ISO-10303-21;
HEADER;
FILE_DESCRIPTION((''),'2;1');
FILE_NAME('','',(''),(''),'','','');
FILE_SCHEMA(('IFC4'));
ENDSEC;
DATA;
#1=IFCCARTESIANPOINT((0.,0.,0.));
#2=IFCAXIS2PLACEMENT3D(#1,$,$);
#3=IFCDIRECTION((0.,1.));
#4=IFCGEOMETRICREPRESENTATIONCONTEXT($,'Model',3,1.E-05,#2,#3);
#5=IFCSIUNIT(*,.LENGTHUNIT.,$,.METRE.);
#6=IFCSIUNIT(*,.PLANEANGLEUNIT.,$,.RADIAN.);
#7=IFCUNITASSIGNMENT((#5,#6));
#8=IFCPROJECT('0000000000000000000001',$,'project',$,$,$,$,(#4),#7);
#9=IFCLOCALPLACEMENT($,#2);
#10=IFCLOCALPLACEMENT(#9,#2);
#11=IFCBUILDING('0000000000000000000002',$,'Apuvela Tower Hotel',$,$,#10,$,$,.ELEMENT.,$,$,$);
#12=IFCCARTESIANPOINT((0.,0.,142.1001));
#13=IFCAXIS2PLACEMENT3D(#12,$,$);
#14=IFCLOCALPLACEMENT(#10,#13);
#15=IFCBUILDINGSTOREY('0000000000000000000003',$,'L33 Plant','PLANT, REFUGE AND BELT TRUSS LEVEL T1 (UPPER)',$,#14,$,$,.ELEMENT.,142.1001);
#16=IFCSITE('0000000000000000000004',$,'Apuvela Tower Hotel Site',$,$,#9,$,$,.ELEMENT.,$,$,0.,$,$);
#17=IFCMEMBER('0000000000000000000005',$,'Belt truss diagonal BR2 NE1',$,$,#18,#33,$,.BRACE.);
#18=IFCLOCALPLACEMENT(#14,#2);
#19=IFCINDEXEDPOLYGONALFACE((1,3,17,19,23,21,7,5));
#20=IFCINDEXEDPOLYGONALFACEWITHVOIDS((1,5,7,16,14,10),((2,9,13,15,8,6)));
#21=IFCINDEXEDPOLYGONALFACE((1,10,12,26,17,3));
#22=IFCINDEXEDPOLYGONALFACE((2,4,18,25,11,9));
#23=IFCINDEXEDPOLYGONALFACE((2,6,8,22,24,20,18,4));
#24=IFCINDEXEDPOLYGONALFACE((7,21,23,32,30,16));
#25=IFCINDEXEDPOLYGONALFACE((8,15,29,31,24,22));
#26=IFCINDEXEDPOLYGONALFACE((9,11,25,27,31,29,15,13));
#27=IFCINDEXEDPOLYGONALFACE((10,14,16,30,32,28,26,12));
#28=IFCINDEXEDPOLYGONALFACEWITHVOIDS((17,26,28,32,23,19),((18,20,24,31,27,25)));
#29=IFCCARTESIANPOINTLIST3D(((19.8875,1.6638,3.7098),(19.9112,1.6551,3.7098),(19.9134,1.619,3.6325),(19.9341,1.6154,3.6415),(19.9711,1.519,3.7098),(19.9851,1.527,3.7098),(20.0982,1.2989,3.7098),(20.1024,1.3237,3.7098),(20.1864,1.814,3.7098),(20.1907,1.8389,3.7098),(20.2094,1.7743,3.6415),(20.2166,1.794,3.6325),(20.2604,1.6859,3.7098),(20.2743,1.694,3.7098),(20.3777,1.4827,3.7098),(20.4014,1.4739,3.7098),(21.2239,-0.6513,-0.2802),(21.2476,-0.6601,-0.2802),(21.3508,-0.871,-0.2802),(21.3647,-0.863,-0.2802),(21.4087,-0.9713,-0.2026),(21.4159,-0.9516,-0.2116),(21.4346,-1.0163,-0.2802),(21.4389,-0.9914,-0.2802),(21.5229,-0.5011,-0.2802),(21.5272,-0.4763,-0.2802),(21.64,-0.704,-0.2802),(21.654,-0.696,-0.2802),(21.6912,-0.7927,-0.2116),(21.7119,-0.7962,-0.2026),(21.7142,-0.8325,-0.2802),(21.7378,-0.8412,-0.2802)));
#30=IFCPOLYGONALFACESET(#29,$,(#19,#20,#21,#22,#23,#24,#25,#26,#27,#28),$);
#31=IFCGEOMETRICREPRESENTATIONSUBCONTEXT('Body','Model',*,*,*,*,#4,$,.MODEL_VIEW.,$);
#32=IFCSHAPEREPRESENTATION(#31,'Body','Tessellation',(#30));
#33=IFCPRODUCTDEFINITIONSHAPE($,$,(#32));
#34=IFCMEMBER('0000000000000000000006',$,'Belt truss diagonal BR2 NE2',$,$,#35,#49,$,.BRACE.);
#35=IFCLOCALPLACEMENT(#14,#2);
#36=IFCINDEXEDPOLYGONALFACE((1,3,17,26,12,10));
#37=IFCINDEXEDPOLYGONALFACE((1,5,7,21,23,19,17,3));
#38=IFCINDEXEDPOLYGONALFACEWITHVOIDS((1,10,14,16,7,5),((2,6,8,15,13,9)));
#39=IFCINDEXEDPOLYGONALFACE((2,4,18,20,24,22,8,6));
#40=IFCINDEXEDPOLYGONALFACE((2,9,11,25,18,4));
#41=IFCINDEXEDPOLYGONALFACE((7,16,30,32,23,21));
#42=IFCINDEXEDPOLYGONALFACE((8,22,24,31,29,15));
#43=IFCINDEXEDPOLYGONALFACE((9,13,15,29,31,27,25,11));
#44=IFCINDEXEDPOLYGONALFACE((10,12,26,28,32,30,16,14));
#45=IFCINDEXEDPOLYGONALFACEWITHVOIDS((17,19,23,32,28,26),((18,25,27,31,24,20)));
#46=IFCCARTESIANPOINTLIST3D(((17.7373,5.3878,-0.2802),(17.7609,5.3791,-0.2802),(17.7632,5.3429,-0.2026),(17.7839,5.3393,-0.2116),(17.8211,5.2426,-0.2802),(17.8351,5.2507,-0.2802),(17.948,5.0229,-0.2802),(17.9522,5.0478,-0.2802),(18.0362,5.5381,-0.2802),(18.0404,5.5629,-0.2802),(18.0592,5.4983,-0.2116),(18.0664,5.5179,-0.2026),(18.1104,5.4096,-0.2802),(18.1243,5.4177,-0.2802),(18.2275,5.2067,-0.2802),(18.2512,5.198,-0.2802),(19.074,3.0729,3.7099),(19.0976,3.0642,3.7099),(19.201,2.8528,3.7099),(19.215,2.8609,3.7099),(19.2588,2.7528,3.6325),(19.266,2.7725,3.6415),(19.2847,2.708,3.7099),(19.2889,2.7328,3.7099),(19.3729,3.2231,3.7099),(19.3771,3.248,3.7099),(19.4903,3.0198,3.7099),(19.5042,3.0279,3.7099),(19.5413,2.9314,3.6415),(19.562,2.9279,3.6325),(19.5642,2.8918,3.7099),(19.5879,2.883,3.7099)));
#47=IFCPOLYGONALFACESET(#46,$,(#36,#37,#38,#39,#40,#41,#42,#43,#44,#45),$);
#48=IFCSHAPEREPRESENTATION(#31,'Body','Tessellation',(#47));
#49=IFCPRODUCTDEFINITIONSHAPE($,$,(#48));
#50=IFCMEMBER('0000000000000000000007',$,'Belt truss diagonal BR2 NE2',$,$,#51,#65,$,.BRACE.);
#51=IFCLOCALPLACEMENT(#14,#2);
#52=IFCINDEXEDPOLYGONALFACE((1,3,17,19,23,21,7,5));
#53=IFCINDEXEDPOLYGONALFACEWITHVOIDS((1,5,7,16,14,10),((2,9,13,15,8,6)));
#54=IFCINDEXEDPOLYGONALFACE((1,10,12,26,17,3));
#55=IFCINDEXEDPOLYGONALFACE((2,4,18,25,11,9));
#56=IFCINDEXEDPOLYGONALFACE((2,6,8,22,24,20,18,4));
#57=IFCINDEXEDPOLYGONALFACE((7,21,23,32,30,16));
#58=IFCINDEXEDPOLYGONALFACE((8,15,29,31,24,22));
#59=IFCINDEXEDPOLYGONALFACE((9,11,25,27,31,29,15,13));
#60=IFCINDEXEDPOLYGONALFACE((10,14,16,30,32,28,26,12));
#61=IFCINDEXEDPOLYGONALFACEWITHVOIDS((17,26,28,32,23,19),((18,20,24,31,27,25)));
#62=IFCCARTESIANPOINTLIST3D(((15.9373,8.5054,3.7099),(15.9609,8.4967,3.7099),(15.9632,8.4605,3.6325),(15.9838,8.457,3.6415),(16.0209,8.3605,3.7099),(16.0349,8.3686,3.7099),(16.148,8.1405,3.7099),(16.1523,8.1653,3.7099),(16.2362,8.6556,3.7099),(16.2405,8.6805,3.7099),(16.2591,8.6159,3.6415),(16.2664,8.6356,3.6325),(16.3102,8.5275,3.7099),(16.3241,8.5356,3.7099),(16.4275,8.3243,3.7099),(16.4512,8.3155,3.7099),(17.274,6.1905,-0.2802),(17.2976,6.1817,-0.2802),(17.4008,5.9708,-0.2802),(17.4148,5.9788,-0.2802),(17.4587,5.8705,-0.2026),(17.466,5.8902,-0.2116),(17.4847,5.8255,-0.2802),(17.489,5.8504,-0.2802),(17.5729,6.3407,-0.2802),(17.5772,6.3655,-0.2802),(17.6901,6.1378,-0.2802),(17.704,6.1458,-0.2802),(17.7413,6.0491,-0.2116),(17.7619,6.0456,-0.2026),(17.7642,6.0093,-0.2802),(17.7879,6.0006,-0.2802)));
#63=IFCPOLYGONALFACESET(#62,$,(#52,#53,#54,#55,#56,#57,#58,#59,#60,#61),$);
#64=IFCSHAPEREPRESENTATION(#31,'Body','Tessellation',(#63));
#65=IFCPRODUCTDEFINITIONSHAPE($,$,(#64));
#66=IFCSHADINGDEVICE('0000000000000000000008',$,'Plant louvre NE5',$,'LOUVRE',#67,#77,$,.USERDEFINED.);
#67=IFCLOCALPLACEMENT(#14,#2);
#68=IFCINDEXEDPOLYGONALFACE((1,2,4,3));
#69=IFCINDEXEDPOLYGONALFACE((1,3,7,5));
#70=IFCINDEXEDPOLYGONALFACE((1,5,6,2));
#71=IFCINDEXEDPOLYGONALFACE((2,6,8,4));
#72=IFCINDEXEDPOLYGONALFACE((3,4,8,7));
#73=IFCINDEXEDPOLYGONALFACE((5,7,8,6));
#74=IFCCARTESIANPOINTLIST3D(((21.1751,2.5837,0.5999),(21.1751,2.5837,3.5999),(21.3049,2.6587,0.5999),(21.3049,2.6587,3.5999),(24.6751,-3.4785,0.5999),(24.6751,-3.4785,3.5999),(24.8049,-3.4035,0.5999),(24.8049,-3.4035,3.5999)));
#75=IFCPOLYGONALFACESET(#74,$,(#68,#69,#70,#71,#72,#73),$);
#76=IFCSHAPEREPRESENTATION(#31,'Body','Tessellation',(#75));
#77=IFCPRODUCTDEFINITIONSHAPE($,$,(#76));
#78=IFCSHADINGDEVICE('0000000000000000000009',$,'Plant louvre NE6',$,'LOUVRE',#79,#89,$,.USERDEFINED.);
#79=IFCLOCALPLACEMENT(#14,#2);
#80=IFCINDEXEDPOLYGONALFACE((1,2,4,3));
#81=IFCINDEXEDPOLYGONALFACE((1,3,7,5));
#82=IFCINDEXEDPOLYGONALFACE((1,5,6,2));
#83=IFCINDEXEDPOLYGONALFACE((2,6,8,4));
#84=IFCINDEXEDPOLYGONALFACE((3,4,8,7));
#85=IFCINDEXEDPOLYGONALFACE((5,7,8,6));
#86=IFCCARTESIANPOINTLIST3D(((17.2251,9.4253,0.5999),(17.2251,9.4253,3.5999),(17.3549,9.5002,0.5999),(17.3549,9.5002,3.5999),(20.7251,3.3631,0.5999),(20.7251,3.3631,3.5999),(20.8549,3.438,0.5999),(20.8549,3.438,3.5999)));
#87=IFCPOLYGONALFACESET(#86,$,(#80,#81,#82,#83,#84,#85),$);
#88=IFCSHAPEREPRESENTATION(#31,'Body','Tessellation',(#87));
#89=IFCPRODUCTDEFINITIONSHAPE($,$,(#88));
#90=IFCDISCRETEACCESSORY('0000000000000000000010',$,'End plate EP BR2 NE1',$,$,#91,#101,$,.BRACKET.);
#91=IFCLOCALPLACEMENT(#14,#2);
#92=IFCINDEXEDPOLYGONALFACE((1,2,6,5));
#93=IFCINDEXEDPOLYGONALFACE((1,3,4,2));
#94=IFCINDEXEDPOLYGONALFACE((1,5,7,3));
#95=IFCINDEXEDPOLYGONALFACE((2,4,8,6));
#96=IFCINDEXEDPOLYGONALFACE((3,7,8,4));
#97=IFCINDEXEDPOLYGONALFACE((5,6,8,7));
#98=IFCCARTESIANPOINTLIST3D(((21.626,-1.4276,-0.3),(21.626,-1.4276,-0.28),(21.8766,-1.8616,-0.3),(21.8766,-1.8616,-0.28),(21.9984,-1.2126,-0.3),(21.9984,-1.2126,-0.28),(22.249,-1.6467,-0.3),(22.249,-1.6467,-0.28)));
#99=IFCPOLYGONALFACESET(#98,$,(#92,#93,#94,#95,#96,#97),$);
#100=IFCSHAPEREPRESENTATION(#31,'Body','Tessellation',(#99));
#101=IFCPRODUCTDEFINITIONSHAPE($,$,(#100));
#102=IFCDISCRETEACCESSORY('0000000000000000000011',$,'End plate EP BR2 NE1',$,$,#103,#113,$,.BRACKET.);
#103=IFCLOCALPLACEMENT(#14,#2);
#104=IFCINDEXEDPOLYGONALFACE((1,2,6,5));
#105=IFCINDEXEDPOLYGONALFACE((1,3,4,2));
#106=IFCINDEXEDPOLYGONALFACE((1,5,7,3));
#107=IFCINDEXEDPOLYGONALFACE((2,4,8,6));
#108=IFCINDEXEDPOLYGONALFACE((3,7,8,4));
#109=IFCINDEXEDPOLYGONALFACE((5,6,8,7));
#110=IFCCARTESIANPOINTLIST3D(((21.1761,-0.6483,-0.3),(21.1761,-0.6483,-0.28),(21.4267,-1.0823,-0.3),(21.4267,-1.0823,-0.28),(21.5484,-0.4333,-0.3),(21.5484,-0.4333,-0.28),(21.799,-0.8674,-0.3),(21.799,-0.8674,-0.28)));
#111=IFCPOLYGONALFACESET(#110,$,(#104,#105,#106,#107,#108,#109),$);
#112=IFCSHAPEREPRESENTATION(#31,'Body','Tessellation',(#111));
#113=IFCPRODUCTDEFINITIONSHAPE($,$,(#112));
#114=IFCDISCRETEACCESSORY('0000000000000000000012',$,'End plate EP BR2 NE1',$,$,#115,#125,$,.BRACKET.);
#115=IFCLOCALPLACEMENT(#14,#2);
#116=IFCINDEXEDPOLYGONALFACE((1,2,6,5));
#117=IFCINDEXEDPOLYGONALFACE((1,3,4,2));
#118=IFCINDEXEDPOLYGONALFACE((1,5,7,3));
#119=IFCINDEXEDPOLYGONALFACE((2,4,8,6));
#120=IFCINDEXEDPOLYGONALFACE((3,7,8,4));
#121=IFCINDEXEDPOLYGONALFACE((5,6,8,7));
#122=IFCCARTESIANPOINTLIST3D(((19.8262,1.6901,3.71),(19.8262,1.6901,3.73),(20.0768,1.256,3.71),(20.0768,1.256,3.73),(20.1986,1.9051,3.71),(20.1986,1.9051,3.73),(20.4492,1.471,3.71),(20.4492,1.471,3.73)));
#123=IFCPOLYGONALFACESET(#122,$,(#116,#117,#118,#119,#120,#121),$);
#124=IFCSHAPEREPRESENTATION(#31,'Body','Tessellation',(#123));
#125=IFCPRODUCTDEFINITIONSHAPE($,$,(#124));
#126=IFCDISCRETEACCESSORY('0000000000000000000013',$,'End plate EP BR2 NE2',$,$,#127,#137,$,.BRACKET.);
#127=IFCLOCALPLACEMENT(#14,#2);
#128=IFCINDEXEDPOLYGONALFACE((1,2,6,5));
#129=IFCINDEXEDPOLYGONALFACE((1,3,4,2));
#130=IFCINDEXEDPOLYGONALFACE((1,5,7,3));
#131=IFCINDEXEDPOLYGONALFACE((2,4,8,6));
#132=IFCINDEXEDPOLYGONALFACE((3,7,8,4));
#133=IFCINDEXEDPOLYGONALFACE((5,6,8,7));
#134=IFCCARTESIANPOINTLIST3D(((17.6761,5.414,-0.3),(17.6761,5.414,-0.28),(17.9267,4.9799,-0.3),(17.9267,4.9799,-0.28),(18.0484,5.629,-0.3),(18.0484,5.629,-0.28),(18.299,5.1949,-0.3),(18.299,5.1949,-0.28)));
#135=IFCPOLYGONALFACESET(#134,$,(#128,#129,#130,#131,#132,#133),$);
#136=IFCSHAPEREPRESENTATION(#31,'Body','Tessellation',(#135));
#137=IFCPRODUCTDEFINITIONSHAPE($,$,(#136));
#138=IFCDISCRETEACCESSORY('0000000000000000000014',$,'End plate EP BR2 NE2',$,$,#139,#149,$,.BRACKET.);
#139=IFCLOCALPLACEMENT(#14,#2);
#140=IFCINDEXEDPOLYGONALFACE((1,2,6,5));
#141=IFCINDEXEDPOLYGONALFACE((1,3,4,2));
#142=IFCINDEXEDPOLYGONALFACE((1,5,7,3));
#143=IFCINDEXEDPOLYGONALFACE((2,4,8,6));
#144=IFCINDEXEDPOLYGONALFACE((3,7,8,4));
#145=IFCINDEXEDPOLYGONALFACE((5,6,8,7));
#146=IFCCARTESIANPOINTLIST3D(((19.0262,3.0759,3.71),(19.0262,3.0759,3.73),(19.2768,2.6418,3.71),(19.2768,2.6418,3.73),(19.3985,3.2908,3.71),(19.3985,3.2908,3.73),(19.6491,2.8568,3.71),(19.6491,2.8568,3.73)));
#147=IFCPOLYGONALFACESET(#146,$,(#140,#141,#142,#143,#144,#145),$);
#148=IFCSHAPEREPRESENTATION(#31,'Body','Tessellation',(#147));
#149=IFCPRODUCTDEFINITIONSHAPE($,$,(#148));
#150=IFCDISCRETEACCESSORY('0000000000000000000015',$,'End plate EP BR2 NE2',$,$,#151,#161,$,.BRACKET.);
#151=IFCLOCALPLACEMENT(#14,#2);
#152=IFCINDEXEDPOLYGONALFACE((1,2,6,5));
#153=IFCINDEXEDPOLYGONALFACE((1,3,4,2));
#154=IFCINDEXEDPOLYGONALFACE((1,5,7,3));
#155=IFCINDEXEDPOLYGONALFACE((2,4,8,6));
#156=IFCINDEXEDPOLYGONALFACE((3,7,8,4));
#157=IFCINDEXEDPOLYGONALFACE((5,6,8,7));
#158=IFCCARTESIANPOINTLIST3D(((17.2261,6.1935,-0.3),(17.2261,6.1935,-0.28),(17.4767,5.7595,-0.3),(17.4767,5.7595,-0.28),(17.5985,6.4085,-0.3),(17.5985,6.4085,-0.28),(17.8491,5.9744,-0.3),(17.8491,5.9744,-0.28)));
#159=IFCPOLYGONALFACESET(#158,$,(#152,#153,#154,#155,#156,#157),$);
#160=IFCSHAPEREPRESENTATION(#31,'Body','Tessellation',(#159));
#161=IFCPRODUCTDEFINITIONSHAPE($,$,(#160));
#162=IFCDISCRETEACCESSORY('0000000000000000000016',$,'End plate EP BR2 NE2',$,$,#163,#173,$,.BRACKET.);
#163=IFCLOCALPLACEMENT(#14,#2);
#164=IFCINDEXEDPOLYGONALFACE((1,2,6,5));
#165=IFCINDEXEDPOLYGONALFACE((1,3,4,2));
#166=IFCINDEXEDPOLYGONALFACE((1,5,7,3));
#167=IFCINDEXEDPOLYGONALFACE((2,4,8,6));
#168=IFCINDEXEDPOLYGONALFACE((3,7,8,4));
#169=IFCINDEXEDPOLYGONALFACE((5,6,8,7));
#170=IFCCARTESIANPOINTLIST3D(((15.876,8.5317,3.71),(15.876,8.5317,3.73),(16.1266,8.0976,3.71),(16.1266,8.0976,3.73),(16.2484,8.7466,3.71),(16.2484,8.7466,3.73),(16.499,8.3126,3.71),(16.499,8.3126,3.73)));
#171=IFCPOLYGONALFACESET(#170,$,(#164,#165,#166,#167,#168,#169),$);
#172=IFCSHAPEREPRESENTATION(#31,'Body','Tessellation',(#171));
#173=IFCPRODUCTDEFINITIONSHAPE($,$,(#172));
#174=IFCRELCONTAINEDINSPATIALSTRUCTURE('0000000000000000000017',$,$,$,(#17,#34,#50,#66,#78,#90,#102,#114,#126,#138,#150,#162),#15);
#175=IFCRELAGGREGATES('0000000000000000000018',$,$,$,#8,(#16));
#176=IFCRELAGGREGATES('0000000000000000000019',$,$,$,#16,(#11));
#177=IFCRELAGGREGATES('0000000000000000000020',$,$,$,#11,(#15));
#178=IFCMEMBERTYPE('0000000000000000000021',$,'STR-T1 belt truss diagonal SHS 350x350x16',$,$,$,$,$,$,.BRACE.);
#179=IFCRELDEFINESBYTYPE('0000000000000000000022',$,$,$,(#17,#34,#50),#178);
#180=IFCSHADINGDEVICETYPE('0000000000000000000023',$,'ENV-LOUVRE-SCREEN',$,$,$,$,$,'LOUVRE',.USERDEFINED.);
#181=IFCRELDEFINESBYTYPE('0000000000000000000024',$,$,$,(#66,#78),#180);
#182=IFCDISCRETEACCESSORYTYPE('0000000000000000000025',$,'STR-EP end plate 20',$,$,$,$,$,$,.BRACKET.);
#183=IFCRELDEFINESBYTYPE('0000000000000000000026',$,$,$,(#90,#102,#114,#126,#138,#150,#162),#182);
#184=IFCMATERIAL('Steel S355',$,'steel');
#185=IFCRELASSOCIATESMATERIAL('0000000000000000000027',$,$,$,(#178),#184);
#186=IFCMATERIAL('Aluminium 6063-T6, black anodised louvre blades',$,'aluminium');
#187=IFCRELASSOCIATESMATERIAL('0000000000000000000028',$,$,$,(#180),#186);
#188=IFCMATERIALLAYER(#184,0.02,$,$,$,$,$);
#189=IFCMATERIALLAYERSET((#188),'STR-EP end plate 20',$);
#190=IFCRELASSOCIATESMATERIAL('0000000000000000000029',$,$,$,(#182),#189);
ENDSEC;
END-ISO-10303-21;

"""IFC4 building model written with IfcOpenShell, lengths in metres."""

from ifc_helpers import new_model, si_unit, direction, frame, origin, origin_2d, place, context, subcontext, project, spatial, rectangle, hollow_rectangle, extrude, boolean, halfspace, material, layer, layer_set, material_profile, profile_set, type_object, element, save


model = new_model("IFC4")

# Units and contexts
model_context = context("Model", 3, precision=1e-05, world=origin(), true_north=direction((0.0, 1.0)))
body_context = subcontext(model_context, "Body", "Model", "MODEL_VIEW")
ifc_project = project(units=[si_unit("LENGTHUNIT", "METRE"), si_unit("PLANEANGLEUNIT", "RADIAN")], contexts=[model_context])

# Site, building, storey
site_placement = place(None, origin())
site = spatial("IfcSite", under=ifc_project, at=site_placement, Name="Apuvela Tower Hotel Site", CompositionType="ELEMENT", RefElevation=0.0)
building_placement = place(site_placement, origin())
building = spatial("IfcBuilding", under=site, at=building_placement, Name="Apuvela Tower Hotel", CompositionType="ELEMENT")
storey_placement = place(building_placement, frame((0.0, 0.0, 142.1001)))
storey = spatial("IfcBuildingStorey", under=building, at=storey_placement, Name="L33 Plant", Description="PLANT, REFUGE AND BELT TRUSS LEVEL T1 (UPPER)", CompositionType="ELEMENT", Elevation=142.1001)

# Shared definitions
ifc_material_1 = material(Name="Steel S355", Category="steel")

# Members
ifc_material_profile_1 = material_profile(ifc_material_1, hollow_rectangle(XDim=0.3501, YDim=0.3501, WallThickness=0.0161, at=origin_2d()), Name="SHS 350x350x16")
ifc_profile_set_1 = profile_set([ifc_material_profile_1], Name="Steel S355")
member_type = type_object("IfcMemberType", Name="STR-T1 belt truss diagonal SHS 350x350x16", PredefinedType="BRACE", material=ifc_profile_set_1)
member_1_placement = place(storey_placement, frame((21.4875, -0.7578, -0.3), z_axis=(-0.278269, 0.48205, 0.830779), x_axis=(0.415341, -0.719504, 0.556602)))
solid_1 = boolean("DIFFERENCE", boolean("DIFFERENCE", extrude(hollow_rectangle(XDim=0.3501, YDim=0.3501, WallThickness=0.0161, at=origin_2d()), frame((0.0, 0.0, -0.2373)), (0.0, 0.0, 1.0), 5.3252), halfspace(frame((0.0, 0.0, 0.0239), z_axis=(0.556602, 0.0, 0.830779), x_axis=(0.830779, 0.0, -0.556602)), True)), halfspace(frame((0.0, 0.0, 4.8267), z_axis=(0.556602, 0.0, 0.830779), x_axis=(0.830779, 0.0, -0.556602)), False))
element("IfcMember", 1, at=member_1_placement, inside=storey, type_object=member_type, Name="Belt truss diagonal BR2 NE1", PredefinedType="BRACE", context=body_context, shape_type="SweptSolid", body=[
    boolean("UNION", boolean("DIFFERENCE", boolean("DIFFERENCE", extrude(hollow_rectangle(XDim=0.3501, YDim=0.3501, WallThickness=0.0161, at=origin_2d()), origin(), (0.0, 0.0, 1.0), 4.8508), halfspace(frame((0.0, 0.0, 0.0239), z_axis=(0.556602, 0.0, 0.830779), x_axis=(0.830779, 0.0, -0.556602)), True)), halfspace(frame((0.0, 0.0, 4.8267), z_axis=(0.556602, 0.0, 0.830779), x_axis=(0.830779, 0.0, -0.556602)), False)), solid_1),
])
member_2_placement = place(storey_placement, frame((17.9875, 5.3044, -0.3), z_axis=(0.278322, -0.482005, 0.830788), x_axis=(-0.415434, 0.71946, 0.556589)))
solid_2 = boolean("DIFFERENCE", boolean("DIFFERENCE", extrude(hollow_rectangle(XDim=0.3501, YDim=0.3501, WallThickness=0.0161, at=origin_2d()), frame((0.0, 0.0, -0.2373)), (0.0, 0.0, 1.0), 5.3252), halfspace(frame((0.0, 0.0, 0.0239), z_axis=(0.556589, 0.0, 0.830788), x_axis=(0.830788, 0.0, -0.556589)), True)), halfspace(frame((0.0, 0.0, 4.8267), z_axis=(0.556589, 0.0, 0.830788), x_axis=(0.830788, 0.0, -0.556589)), False))
element("IfcMember", 2, at=member_2_placement, inside=storey, type_object=member_type, Name="Belt truss diagonal BR2 NE2", PredefinedType="BRACE", context=body_context, shape_type="SweptSolid", body=[
    boolean("UNION", boolean("DIFFERENCE", boolean("DIFFERENCE", extrude(hollow_rectangle(XDim=0.3501, YDim=0.3501, WallThickness=0.0161, at=origin_2d()), origin(), (0.0, 0.0, 1.0), 4.8508), halfspace(frame((0.0, 0.0, 0.0239), z_axis=(0.556589, 0.0, 0.830788), x_axis=(0.830788, 0.0, -0.556589)), True)), halfspace(frame((0.0, 0.0, 4.8267), z_axis=(0.556589, 0.0, 0.830788), x_axis=(0.830788, 0.0, -0.556589)), False)), solid_2),
])
member_3_placement = place(storey_placement, frame((17.5376, 6.084, -0.3), z_axis=(-0.278322, 0.482005, 0.830788), x_axis=(0.415434, -0.71946, 0.556589)))
solid_3 = boolean("DIFFERENCE", boolean("DIFFERENCE", extrude(hollow_rectangle(XDim=0.3501, YDim=0.3501, WallThickness=0.0161, at=origin_2d()), frame((0.0, 0.0, -0.2373)), (0.0, 0.0, 1.0), 5.3252), halfspace(frame((0.0, 0.0, 0.0239), z_axis=(0.556589, 0.0, 0.830788), x_axis=(0.830788, 0.0, -0.556589)), True)), halfspace(frame((0.0, 0.0, 4.8267), z_axis=(0.556589, 0.0, 0.830788), x_axis=(0.830788, 0.0, -0.556589)), False))
element("IfcMember", 3, at=member_3_placement, inside=storey, type_object=member_type, Name="Belt truss diagonal BR2 NE2", PredefinedType="BRACE", context=body_context, shape_type="SweptSolid", body=[
    boolean("UNION", boolean("DIFFERENCE", boolean("DIFFERENCE", extrude(hollow_rectangle(XDim=0.3501, YDim=0.3501, WallThickness=0.0161, at=origin_2d()), origin(), (0.0, 0.0, 1.0), 4.8508), halfspace(frame((0.0, 0.0, 0.0239), z_axis=(0.556589, 0.0, 0.830788), x_axis=(0.830788, 0.0, -0.556589)), True)), halfspace(frame((0.0, 0.0, 4.8267), z_axis=(0.556589, 0.0, 0.830788), x_axis=(0.830788, 0.0, -0.556589)), False)), solid_3),
])

# Shading devices
ifc_material_2 = material(Name="Aluminium 6063-T6, black anodised louvre blades", Category="aluminium")
shading_device_type = type_object("IfcShadingDeviceType", Name="ENV-LOUVRE-SCREEN", ElementType="LOUVRE", PredefinedType="USERDEFINED", material=ifc_material_2)
for number, where, z_axis, x_axis, name in (
    (4, (22.99, -0.4099, 0.5999), (0.0, 0.0, 1.0), (-0.5, 0.866025, 0.0), "Plant louvre NE5"),
    (5, (19.04, 6.4316, 0.5999), (0.0, 0.0, 1.0), (-0.5, 0.866025, 0.0), "Plant louvre NE6"),
):
    element("IfcShadingDevice", number, at=place(storey_placement, frame(where, z_axis=z_axis, x_axis=x_axis)), inside=storey, type_object=shading_device_type, Name=name, ObjectType="LOUVRE", PredefinedType="USERDEFINED", context=body_context, shape_type="SweptSolid", body=[
        extrude(rectangle(XDim=7.0, YDim=0.1499, at=origin_2d()), origin(), (0.0, 0.0, 1.0), 3.0),
    ])

# Discrete accessories
ifc_layer = layer(ifc_material_1, 0.02)
ifc_layer_set = layer_set([ifc_layer], Name="STR-EP end plate 20")
discrete_accessory_type = type_object("IfcDiscreteAccessoryType", Name="STR-EP end plate 20", PredefinedType="BRACKET", material=ifc_layer_set)
for number, where, z_axis, x_axis, name in (
    (6, (21.9375, -1.5371, -0.3), (0.0, 0.0, 1.0), (0.5, -0.866025, 0.0), "End plate EP BR2 NE1"),
    (7, (21.4875, -0.7578, -0.3), (0.0, 0.0, 1.0), (-0.5, 0.866025, 0.0), "End plate EP BR2 NE1"),
    (8, (20.1377, 1.5806, 3.71), (0.0, 0.0, 1.0), (-0.5, 0.866025, 0.0), "End plate EP BR2 NE1"),
    (9, (17.9875, 5.3044, -0.3), (0.0, 0.0, 1.0), (0.5, -0.866025, 0.0), "End plate EP BR2 NE2"),
    (10, (19.3376, 2.9663, 3.71), (0.0, 0.0, 1.0), (0.5, -0.866025, 0.0), "End plate EP BR2 NE2"),
    (11, (17.5376, 6.084, -0.3), (0.0, 0.0, 1.0), (-0.5, 0.866025, 0.0), "End plate EP BR2 NE2"),
    (12, (16.1875, 8.4221, 3.71), (0.0, 0.0, 1.0), (-0.5, 0.866025, 0.0), "End plate EP BR2 NE2"),
):
    element("IfcDiscreteAccessory", number, at=place(storey_placement, frame(where, z_axis=z_axis, x_axis=x_axis)), inside=storey, type_object=discrete_accessory_type, Name=name, PredefinedType="BRACKET", context=body_context, shape_type="SweptSolid", body=[
        extrude(rectangle(XDim=0.5012, YDim=0.4299, at=origin_2d()), origin(), (0.0, 0.0, 1.0), 0.02),
    ])

save(model, "model.ifc")
